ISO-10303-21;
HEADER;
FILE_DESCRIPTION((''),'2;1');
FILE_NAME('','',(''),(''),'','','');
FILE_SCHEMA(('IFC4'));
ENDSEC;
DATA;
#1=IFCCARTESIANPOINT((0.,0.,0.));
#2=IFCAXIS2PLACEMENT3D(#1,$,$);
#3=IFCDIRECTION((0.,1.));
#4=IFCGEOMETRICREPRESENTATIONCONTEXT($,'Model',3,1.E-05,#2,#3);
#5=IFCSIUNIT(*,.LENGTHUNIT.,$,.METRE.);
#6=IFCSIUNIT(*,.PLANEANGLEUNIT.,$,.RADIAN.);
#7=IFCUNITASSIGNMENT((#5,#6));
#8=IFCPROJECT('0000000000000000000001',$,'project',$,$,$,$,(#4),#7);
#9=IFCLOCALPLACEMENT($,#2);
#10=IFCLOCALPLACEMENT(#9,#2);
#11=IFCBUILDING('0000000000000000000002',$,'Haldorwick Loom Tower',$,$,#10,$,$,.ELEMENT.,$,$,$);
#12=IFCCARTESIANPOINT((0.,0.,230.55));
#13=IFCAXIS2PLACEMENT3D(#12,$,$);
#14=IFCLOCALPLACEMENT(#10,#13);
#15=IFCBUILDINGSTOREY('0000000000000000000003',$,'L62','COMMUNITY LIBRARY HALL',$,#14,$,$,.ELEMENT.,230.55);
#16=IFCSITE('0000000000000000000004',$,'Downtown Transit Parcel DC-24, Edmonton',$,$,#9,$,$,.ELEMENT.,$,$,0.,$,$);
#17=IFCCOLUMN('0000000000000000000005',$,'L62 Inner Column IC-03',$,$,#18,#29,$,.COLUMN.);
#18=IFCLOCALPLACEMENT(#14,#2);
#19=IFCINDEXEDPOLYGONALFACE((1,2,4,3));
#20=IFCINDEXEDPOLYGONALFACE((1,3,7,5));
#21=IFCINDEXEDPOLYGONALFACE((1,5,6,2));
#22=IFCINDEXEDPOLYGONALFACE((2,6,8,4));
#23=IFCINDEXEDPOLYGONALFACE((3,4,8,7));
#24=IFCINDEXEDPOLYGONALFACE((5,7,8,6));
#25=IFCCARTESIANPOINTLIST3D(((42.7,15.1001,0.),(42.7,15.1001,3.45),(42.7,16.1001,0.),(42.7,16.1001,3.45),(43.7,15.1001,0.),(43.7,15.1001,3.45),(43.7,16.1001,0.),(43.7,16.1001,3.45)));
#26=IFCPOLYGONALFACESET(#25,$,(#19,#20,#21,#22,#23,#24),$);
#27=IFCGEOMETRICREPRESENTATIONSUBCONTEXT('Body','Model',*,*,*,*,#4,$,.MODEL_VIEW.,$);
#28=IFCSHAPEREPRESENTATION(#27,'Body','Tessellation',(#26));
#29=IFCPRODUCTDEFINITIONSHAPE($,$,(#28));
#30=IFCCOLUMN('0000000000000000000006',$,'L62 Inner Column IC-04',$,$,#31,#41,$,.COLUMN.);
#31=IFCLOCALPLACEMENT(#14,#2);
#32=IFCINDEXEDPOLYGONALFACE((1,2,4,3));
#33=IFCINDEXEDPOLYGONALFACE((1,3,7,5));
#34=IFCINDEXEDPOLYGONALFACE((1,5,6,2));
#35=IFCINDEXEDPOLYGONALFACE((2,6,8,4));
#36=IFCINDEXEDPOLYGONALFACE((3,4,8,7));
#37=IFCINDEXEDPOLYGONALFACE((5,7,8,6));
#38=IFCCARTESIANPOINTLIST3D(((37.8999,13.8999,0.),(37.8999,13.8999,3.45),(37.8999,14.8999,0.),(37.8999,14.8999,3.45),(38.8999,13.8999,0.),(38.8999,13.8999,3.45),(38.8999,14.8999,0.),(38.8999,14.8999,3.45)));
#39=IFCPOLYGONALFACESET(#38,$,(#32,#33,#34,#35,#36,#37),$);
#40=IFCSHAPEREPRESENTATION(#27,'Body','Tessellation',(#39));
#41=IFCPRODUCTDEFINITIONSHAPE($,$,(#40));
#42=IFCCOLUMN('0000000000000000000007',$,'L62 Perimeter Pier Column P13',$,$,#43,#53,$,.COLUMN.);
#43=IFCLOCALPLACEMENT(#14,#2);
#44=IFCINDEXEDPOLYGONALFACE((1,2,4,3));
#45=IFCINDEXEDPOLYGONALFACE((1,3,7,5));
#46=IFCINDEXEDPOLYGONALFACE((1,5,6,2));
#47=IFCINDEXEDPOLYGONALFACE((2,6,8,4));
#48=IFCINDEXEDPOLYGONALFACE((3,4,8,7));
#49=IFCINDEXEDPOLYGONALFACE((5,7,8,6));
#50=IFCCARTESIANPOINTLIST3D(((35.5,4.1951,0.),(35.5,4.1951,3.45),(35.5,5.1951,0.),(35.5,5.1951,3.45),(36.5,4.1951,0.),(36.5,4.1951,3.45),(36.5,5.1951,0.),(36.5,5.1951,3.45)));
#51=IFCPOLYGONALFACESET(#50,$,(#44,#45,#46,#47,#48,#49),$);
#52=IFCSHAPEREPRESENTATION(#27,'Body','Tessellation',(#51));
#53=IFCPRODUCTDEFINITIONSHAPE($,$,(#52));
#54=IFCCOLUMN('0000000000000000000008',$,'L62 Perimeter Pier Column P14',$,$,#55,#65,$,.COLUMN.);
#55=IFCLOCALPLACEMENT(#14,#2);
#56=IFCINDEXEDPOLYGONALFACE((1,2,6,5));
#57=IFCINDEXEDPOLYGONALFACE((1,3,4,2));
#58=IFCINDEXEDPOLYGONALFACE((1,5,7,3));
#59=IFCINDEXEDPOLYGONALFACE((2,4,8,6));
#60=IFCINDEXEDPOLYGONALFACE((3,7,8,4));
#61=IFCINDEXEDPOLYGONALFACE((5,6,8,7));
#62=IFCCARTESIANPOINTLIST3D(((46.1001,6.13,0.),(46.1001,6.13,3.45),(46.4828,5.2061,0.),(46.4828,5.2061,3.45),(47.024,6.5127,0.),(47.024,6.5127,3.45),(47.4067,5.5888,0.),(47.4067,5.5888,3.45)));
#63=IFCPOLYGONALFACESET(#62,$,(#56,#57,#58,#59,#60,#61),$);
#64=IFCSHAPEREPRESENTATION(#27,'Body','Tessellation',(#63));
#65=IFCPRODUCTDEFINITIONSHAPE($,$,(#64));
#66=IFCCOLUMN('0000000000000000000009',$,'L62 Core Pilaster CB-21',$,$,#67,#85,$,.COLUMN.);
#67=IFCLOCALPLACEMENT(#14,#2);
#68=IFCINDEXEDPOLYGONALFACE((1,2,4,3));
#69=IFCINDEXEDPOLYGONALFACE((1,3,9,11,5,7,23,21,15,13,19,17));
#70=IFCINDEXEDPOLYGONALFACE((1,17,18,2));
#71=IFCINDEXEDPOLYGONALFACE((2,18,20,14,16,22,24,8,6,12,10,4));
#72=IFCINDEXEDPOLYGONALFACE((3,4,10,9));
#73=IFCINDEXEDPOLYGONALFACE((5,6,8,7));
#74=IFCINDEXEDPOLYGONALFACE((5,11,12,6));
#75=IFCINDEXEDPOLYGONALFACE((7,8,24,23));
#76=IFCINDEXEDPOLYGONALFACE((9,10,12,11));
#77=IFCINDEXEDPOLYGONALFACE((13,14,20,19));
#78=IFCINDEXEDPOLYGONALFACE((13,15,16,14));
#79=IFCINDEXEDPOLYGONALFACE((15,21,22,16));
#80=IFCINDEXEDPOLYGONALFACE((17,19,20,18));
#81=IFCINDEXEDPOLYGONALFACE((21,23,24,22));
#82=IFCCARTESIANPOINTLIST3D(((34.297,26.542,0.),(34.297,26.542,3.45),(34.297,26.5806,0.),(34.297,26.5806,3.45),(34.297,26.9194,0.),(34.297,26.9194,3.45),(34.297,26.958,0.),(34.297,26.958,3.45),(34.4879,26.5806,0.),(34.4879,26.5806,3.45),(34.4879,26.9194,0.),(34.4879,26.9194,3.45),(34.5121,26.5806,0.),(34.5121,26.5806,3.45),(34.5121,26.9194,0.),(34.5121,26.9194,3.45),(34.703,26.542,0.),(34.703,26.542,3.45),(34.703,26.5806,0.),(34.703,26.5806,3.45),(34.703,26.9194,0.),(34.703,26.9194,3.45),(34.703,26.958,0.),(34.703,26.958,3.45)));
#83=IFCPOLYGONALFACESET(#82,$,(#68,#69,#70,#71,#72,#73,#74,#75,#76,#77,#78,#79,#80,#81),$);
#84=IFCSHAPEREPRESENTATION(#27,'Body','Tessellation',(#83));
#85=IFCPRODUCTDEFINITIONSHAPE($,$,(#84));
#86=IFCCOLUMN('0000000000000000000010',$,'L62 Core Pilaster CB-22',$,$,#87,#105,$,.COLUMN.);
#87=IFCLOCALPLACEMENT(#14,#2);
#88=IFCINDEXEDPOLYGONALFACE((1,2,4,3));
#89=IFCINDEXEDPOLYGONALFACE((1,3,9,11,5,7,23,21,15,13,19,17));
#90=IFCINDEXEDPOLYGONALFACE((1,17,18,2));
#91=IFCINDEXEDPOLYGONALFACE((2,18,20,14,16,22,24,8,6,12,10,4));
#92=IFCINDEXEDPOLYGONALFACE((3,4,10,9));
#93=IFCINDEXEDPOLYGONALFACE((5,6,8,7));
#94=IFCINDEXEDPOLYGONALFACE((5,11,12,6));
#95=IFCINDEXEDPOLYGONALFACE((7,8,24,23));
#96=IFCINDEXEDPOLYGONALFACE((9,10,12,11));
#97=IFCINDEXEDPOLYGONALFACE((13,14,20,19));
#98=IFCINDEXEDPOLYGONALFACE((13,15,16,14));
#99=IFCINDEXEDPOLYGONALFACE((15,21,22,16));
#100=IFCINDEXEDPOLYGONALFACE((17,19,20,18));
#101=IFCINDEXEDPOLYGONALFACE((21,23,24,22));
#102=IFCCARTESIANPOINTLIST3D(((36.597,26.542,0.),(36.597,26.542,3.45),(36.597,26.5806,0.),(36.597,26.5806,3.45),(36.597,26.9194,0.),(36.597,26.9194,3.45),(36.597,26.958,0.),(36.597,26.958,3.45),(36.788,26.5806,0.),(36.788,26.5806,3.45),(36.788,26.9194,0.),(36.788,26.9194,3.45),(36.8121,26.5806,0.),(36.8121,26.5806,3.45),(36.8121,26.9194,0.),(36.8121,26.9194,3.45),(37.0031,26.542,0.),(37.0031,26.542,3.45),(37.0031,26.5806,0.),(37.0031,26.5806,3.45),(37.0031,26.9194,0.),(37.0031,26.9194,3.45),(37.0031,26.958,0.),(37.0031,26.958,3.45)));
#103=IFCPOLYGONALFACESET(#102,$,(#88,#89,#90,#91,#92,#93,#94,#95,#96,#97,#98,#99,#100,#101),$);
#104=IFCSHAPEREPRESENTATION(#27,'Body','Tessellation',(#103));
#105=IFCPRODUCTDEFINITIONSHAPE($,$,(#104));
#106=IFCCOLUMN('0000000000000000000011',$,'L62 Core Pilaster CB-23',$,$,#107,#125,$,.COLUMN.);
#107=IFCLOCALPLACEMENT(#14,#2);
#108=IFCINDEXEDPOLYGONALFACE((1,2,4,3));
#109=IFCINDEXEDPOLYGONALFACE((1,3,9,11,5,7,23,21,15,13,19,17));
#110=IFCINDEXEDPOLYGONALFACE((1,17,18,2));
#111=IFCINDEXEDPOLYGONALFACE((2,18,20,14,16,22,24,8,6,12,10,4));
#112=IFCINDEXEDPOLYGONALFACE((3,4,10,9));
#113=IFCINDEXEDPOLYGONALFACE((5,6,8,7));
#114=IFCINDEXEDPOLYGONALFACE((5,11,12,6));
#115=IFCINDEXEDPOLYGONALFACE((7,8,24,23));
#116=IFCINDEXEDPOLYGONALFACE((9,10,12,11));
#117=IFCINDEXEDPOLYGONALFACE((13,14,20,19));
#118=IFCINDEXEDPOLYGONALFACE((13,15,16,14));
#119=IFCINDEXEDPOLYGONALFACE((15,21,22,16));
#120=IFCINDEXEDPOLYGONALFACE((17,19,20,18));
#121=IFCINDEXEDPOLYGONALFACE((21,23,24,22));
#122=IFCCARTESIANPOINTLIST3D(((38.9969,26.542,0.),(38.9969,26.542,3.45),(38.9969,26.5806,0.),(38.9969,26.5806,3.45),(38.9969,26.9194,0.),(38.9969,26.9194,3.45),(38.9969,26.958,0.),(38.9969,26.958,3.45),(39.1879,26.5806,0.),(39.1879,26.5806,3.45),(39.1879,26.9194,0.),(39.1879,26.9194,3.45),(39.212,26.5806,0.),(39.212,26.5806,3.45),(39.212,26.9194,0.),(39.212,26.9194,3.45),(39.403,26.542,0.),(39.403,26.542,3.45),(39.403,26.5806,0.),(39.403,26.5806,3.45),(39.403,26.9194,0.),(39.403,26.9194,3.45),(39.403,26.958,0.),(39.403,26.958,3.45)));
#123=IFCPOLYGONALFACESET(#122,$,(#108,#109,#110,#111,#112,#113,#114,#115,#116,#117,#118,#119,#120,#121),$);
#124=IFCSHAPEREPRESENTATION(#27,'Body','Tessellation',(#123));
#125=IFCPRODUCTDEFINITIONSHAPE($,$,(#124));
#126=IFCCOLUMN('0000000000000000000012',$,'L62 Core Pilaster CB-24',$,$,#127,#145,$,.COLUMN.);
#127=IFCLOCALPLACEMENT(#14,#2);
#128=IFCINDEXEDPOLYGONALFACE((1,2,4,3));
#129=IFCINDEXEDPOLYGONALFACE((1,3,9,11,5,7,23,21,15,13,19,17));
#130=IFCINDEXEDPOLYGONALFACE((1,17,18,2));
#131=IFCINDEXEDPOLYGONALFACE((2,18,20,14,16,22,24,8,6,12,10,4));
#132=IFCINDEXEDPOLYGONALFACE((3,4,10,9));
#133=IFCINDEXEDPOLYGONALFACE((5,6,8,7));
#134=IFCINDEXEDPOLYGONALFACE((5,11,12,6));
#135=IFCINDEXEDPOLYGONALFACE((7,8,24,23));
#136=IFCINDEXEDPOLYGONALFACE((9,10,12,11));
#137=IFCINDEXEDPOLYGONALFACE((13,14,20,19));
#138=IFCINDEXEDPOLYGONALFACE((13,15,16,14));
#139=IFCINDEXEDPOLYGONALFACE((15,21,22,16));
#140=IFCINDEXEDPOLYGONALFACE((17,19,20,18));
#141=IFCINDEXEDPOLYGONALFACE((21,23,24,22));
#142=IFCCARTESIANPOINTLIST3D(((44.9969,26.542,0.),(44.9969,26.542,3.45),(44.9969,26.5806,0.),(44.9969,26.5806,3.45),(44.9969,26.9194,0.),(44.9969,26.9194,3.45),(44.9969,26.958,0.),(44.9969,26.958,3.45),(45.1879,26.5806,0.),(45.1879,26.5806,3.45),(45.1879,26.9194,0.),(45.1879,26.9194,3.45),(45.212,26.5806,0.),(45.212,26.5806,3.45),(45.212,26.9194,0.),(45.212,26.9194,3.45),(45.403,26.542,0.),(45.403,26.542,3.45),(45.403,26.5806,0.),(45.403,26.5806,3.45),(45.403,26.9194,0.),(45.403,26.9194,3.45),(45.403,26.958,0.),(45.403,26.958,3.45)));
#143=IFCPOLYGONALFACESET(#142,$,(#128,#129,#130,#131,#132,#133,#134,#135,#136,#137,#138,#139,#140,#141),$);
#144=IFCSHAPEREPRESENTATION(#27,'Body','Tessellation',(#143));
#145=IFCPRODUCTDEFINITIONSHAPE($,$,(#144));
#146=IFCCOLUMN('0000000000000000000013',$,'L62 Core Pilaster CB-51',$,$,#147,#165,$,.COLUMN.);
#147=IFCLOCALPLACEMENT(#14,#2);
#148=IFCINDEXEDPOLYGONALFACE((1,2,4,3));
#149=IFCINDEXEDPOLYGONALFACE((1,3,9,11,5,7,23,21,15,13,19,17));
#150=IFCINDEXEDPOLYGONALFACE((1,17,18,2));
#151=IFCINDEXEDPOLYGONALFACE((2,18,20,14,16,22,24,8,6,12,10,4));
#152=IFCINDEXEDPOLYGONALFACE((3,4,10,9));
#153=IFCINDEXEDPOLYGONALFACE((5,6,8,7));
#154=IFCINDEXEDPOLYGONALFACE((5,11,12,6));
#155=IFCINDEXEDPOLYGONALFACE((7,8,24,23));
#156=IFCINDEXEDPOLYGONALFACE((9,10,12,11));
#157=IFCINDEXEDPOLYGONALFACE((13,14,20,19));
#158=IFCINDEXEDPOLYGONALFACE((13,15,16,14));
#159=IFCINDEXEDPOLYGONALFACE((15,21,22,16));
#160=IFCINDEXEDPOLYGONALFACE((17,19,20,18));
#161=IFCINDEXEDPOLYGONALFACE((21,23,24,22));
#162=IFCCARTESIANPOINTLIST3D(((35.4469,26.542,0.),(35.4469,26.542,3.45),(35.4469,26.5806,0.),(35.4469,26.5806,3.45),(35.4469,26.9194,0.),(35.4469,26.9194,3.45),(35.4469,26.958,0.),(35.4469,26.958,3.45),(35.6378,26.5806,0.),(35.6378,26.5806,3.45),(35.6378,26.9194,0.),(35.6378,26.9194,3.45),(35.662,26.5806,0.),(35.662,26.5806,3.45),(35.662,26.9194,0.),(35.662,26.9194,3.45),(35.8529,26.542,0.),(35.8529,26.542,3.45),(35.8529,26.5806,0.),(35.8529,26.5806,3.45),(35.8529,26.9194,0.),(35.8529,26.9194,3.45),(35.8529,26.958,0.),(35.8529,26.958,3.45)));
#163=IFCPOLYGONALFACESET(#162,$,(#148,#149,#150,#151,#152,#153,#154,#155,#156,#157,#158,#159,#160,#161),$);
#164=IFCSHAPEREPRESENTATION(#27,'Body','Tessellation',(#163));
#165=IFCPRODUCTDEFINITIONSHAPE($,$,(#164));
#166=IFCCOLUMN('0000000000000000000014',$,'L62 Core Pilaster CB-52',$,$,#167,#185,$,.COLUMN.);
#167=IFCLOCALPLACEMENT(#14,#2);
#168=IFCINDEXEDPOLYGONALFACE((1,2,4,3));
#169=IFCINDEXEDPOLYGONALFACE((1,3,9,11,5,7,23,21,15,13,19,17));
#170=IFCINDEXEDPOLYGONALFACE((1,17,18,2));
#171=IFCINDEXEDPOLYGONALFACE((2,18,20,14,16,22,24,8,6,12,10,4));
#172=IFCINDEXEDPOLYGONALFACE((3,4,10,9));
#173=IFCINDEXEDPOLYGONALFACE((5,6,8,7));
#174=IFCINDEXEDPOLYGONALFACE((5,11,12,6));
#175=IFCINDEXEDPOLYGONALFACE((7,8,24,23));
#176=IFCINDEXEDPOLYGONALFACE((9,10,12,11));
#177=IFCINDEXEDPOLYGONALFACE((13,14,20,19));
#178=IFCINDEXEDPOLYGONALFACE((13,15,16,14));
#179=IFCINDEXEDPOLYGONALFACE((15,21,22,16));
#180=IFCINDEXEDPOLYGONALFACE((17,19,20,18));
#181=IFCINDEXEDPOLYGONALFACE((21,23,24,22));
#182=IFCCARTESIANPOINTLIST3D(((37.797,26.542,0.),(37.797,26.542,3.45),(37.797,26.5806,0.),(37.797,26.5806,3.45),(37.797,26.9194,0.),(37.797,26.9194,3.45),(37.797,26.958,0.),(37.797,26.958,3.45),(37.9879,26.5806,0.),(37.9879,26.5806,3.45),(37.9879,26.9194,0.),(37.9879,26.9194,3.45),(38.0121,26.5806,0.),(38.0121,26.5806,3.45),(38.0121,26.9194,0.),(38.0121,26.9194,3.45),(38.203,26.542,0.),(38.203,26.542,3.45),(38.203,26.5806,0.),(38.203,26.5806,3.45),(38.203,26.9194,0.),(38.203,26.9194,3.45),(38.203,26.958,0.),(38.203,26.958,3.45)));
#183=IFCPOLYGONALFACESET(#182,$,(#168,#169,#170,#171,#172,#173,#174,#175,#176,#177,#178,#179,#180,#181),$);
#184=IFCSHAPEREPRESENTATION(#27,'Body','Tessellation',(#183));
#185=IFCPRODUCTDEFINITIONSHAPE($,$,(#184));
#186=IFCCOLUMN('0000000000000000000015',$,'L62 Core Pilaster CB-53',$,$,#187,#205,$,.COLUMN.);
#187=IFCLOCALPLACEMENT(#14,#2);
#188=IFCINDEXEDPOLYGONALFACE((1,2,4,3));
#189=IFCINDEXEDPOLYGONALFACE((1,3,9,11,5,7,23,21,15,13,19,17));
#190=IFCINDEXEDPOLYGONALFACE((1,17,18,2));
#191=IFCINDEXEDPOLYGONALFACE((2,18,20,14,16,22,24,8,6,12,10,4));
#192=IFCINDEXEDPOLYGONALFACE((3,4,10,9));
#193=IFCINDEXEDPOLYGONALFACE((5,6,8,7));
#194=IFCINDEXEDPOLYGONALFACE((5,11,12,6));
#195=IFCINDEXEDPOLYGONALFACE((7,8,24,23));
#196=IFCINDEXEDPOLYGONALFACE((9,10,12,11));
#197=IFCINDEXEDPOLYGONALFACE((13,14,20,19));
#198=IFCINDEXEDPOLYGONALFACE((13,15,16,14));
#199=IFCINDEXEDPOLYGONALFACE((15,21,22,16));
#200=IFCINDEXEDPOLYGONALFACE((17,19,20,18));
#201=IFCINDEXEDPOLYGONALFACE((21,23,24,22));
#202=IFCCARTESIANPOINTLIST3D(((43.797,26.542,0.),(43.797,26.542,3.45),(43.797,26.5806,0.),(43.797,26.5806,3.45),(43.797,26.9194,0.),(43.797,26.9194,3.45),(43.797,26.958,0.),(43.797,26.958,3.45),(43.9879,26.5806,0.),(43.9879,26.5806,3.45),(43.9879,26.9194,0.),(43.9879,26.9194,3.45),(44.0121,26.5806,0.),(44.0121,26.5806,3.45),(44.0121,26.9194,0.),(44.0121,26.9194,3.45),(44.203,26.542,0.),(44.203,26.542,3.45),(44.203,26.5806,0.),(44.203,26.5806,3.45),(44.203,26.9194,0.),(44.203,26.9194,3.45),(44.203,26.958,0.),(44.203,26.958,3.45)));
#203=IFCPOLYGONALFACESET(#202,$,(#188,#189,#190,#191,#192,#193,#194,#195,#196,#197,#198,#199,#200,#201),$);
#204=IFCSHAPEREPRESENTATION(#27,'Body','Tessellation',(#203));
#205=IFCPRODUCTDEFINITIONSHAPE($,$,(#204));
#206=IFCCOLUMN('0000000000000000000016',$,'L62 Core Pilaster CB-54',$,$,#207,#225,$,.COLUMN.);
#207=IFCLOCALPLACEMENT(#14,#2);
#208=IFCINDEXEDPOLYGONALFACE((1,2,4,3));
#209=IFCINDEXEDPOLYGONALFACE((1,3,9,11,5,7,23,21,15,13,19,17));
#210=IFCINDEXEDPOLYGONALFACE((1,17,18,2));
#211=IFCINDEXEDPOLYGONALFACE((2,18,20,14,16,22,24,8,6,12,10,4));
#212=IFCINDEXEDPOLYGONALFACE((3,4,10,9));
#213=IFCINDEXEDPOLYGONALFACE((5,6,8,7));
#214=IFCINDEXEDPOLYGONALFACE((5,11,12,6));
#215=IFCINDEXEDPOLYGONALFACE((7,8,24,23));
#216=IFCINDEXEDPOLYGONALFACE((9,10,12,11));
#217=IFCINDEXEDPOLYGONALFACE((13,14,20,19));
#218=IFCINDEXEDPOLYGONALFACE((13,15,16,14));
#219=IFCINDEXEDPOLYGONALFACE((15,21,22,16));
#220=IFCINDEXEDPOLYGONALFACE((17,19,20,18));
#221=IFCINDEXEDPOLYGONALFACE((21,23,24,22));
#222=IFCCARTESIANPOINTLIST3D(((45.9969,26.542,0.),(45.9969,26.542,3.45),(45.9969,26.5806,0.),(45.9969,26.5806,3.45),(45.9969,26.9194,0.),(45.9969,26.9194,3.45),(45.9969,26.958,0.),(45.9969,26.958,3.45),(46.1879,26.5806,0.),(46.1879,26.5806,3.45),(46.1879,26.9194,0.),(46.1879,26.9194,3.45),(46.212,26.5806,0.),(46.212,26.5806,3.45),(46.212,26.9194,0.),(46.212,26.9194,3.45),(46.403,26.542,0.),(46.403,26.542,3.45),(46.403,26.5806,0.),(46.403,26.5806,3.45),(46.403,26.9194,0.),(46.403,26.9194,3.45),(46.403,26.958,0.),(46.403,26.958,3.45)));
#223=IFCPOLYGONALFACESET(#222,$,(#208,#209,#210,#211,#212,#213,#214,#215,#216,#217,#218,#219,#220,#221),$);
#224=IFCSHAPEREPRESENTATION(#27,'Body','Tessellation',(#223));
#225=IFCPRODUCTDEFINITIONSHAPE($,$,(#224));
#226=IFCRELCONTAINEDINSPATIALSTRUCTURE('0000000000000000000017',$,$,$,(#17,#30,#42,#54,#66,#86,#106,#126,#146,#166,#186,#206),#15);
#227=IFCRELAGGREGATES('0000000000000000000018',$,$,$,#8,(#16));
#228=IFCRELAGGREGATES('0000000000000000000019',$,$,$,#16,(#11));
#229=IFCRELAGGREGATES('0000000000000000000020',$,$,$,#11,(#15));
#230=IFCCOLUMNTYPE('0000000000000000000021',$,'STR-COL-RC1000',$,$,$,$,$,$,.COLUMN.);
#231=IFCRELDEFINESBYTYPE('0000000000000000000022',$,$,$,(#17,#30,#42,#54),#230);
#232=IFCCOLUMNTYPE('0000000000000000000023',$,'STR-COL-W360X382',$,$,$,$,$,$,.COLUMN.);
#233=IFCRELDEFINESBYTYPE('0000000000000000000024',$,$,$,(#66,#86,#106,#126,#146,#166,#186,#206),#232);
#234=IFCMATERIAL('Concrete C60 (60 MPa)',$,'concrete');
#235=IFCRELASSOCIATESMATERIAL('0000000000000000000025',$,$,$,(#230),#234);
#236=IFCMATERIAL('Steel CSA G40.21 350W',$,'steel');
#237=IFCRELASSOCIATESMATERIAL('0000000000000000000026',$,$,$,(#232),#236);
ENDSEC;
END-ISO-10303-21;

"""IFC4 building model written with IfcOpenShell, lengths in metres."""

from ifc_helpers import new_model, si_unit, direction, frame, origin, origin_2d, place, context, subcontext, project, spatial, rectangle, i_section, extrude, material, material_profile, profile_set, type_object, element, save


model = new_model("IFC4")

# Units and contexts
model_context = context("Model", 3, precision=1e-05, world=origin(), true_north=direction((0.0, 1.0)))
body_context = subcontext(model_context, "Body", "Model", "MODEL_VIEW")
ifc_project = project(units=[si_unit("LENGTHUNIT", "METRE"), si_unit("PLANEANGLEUNIT", "RADIAN")], contexts=[model_context])

# Site, building, storey
site_placement = place(None, origin())
site = spatial("IfcSite", under=ifc_project, at=site_placement, Name="Downtown Transit Parcel DC-24, Edmonton", CompositionType="ELEMENT", RefElevation=0.0)
building_placement = place(site_placement, origin())
building = spatial("IfcBuilding", under=site, at=building_placement, Name="Haldorwick Loom Tower", CompositionType="ELEMENT")
storey_placement = place(building_placement, frame((0.0, 0.0, 230.55)))
storey = spatial("IfcBuildingStorey", under=building, at=storey_placement, Name="L62", Description="COMMUNITY LIBRARY HALL", CompositionType="ELEMENT", Elevation=230.55)

# Columns
ifc_material_1 = material(Name="Concrete C60 (60 MPa)", Category="concrete")
ifc_material_profile_1 = material_profile(ifc_material_1, rectangle(XDim=1.0, YDim=1.0, at=origin_2d()), Name="RC1000X1000", Category="concrete")
ifc_profile_set_1 = profile_set([ifc_material_profile_1], Name="Concrete C60 (60 MPa)")
column_type_1 = type_object("IfcColumnType", Name="STR-COL-RC1000", PredefinedType="COLUMN", material=ifc_profile_set_1)
for number, where, z_axis, x_axis, name in (
    (1, (43.2, 15.6001, 0.0), (0.0, 0.0, 1.0), (1.0, 0.0, 0.0), "L62 Inner Column IC-03"),
    (2, (38.3999, 14.3999, 0.0), (0.0, 0.0, 1.0), (1.0, 0.0, 0.0), "L62 Inner Column IC-04"),
    (3, (36.0, 4.6951, 0.0), (0.0, 0.0, 1.0), (0.0, -1.0, 0.0), "L62 Perimeter Pier Column P13"),
    (4, (46.7534, 5.8594, 0.0), (0.0, 0.0, 1.0), (0.382683, -0.92388, 0.0), "L62 Perimeter Pier Column P14"),
):
    element("IfcColumn", number, at=place(storey_placement, frame(where, z_axis=z_axis, x_axis=x_axis)), inside=storey, type_object=column_type_1, Name=name, PredefinedType="COLUMN", context=body_context, shape_type="SweptSolid", body=[
        extrude(rectangle(XDim=1.0, YDim=1.0, at=origin_2d()), origin(), (0.0, 0.0, 1.0), 3.45),
    ])
ifc_material_2 = material(Name="Steel CSA G40.21 350W", Category="steel")
ifc_material_profile_2 = material_profile(ifc_material_2, i_section(OverallWidth=0.406, OverallDepth=0.416, WebThickness=0.0242, FlangeThickness=0.0386, at=origin_2d()), Name="W360X382", Category="steel")
ifc_profile_set_2 = profile_set([ifc_material_profile_2], Name="Steel CSA G40.21 350W")
column_type_2 = type_object("IfcColumnType", Name="STR-COL-W360X382", PredefinedType="COLUMN", material=ifc_profile_set_2)
for number, where, z_axis, x_axis, name in (
    (5, (34.5, 26.75, 0.0), (0.0, 0.0, 1.0), (1.0, 0.0, 0.0), "L62 Core Pilaster CB-21"),
    (6, (36.8, 26.75, 0.0), (0.0, 0.0, 1.0), (1.0, 0.0, 0.0), "L62 Core Pilaster CB-22"),
    (7, (39.2, 26.75, 0.0), (0.0, 0.0, 1.0), (1.0, 0.0, 0.0), "L62 Core Pilaster CB-23"),
    (8, (45.2, 26.75, 0.0), (0.0, 0.0, 1.0), (1.0, 0.0, 0.0), "L62 Core Pilaster CB-24"),
    (9, (35.6499, 26.75, 0.0), (0.0, 0.0, 1.0), (1.0, 0.0, 0.0), "L62 Core Pilaster CB-51"),
    (10, (38.0, 26.75, 0.0), (0.0, 0.0, 1.0), (1.0, 0.0, 0.0), "L62 Core Pilaster CB-52"),
    (11, (44.0, 26.75, 0.0), (0.0, 0.0, 1.0), (1.0, 0.0, 0.0), "L62 Core Pilaster CB-53"),
    (12, (46.2, 26.75, 0.0), (0.0, 0.0, 1.0), (1.0, 0.0, 0.0), "L62 Core Pilaster CB-54"),
):
    element("IfcColumn", number, at=place(storey_placement, frame(where, z_axis=z_axis, x_axis=x_axis)), inside=storey, type_object=column_type_2, Name=name, PredefinedType="COLUMN", context=body_context, shape_type="SweptSolid", body=[
        extrude(i_section(OverallWidth=0.406, OverallDepth=0.416, WebThickness=0.0242, FlangeThickness=0.0386, at=origin_2d()), origin(), (0.0, 0.0, 1.0), 3.45),
    ])

save(model, "model.ifc")
